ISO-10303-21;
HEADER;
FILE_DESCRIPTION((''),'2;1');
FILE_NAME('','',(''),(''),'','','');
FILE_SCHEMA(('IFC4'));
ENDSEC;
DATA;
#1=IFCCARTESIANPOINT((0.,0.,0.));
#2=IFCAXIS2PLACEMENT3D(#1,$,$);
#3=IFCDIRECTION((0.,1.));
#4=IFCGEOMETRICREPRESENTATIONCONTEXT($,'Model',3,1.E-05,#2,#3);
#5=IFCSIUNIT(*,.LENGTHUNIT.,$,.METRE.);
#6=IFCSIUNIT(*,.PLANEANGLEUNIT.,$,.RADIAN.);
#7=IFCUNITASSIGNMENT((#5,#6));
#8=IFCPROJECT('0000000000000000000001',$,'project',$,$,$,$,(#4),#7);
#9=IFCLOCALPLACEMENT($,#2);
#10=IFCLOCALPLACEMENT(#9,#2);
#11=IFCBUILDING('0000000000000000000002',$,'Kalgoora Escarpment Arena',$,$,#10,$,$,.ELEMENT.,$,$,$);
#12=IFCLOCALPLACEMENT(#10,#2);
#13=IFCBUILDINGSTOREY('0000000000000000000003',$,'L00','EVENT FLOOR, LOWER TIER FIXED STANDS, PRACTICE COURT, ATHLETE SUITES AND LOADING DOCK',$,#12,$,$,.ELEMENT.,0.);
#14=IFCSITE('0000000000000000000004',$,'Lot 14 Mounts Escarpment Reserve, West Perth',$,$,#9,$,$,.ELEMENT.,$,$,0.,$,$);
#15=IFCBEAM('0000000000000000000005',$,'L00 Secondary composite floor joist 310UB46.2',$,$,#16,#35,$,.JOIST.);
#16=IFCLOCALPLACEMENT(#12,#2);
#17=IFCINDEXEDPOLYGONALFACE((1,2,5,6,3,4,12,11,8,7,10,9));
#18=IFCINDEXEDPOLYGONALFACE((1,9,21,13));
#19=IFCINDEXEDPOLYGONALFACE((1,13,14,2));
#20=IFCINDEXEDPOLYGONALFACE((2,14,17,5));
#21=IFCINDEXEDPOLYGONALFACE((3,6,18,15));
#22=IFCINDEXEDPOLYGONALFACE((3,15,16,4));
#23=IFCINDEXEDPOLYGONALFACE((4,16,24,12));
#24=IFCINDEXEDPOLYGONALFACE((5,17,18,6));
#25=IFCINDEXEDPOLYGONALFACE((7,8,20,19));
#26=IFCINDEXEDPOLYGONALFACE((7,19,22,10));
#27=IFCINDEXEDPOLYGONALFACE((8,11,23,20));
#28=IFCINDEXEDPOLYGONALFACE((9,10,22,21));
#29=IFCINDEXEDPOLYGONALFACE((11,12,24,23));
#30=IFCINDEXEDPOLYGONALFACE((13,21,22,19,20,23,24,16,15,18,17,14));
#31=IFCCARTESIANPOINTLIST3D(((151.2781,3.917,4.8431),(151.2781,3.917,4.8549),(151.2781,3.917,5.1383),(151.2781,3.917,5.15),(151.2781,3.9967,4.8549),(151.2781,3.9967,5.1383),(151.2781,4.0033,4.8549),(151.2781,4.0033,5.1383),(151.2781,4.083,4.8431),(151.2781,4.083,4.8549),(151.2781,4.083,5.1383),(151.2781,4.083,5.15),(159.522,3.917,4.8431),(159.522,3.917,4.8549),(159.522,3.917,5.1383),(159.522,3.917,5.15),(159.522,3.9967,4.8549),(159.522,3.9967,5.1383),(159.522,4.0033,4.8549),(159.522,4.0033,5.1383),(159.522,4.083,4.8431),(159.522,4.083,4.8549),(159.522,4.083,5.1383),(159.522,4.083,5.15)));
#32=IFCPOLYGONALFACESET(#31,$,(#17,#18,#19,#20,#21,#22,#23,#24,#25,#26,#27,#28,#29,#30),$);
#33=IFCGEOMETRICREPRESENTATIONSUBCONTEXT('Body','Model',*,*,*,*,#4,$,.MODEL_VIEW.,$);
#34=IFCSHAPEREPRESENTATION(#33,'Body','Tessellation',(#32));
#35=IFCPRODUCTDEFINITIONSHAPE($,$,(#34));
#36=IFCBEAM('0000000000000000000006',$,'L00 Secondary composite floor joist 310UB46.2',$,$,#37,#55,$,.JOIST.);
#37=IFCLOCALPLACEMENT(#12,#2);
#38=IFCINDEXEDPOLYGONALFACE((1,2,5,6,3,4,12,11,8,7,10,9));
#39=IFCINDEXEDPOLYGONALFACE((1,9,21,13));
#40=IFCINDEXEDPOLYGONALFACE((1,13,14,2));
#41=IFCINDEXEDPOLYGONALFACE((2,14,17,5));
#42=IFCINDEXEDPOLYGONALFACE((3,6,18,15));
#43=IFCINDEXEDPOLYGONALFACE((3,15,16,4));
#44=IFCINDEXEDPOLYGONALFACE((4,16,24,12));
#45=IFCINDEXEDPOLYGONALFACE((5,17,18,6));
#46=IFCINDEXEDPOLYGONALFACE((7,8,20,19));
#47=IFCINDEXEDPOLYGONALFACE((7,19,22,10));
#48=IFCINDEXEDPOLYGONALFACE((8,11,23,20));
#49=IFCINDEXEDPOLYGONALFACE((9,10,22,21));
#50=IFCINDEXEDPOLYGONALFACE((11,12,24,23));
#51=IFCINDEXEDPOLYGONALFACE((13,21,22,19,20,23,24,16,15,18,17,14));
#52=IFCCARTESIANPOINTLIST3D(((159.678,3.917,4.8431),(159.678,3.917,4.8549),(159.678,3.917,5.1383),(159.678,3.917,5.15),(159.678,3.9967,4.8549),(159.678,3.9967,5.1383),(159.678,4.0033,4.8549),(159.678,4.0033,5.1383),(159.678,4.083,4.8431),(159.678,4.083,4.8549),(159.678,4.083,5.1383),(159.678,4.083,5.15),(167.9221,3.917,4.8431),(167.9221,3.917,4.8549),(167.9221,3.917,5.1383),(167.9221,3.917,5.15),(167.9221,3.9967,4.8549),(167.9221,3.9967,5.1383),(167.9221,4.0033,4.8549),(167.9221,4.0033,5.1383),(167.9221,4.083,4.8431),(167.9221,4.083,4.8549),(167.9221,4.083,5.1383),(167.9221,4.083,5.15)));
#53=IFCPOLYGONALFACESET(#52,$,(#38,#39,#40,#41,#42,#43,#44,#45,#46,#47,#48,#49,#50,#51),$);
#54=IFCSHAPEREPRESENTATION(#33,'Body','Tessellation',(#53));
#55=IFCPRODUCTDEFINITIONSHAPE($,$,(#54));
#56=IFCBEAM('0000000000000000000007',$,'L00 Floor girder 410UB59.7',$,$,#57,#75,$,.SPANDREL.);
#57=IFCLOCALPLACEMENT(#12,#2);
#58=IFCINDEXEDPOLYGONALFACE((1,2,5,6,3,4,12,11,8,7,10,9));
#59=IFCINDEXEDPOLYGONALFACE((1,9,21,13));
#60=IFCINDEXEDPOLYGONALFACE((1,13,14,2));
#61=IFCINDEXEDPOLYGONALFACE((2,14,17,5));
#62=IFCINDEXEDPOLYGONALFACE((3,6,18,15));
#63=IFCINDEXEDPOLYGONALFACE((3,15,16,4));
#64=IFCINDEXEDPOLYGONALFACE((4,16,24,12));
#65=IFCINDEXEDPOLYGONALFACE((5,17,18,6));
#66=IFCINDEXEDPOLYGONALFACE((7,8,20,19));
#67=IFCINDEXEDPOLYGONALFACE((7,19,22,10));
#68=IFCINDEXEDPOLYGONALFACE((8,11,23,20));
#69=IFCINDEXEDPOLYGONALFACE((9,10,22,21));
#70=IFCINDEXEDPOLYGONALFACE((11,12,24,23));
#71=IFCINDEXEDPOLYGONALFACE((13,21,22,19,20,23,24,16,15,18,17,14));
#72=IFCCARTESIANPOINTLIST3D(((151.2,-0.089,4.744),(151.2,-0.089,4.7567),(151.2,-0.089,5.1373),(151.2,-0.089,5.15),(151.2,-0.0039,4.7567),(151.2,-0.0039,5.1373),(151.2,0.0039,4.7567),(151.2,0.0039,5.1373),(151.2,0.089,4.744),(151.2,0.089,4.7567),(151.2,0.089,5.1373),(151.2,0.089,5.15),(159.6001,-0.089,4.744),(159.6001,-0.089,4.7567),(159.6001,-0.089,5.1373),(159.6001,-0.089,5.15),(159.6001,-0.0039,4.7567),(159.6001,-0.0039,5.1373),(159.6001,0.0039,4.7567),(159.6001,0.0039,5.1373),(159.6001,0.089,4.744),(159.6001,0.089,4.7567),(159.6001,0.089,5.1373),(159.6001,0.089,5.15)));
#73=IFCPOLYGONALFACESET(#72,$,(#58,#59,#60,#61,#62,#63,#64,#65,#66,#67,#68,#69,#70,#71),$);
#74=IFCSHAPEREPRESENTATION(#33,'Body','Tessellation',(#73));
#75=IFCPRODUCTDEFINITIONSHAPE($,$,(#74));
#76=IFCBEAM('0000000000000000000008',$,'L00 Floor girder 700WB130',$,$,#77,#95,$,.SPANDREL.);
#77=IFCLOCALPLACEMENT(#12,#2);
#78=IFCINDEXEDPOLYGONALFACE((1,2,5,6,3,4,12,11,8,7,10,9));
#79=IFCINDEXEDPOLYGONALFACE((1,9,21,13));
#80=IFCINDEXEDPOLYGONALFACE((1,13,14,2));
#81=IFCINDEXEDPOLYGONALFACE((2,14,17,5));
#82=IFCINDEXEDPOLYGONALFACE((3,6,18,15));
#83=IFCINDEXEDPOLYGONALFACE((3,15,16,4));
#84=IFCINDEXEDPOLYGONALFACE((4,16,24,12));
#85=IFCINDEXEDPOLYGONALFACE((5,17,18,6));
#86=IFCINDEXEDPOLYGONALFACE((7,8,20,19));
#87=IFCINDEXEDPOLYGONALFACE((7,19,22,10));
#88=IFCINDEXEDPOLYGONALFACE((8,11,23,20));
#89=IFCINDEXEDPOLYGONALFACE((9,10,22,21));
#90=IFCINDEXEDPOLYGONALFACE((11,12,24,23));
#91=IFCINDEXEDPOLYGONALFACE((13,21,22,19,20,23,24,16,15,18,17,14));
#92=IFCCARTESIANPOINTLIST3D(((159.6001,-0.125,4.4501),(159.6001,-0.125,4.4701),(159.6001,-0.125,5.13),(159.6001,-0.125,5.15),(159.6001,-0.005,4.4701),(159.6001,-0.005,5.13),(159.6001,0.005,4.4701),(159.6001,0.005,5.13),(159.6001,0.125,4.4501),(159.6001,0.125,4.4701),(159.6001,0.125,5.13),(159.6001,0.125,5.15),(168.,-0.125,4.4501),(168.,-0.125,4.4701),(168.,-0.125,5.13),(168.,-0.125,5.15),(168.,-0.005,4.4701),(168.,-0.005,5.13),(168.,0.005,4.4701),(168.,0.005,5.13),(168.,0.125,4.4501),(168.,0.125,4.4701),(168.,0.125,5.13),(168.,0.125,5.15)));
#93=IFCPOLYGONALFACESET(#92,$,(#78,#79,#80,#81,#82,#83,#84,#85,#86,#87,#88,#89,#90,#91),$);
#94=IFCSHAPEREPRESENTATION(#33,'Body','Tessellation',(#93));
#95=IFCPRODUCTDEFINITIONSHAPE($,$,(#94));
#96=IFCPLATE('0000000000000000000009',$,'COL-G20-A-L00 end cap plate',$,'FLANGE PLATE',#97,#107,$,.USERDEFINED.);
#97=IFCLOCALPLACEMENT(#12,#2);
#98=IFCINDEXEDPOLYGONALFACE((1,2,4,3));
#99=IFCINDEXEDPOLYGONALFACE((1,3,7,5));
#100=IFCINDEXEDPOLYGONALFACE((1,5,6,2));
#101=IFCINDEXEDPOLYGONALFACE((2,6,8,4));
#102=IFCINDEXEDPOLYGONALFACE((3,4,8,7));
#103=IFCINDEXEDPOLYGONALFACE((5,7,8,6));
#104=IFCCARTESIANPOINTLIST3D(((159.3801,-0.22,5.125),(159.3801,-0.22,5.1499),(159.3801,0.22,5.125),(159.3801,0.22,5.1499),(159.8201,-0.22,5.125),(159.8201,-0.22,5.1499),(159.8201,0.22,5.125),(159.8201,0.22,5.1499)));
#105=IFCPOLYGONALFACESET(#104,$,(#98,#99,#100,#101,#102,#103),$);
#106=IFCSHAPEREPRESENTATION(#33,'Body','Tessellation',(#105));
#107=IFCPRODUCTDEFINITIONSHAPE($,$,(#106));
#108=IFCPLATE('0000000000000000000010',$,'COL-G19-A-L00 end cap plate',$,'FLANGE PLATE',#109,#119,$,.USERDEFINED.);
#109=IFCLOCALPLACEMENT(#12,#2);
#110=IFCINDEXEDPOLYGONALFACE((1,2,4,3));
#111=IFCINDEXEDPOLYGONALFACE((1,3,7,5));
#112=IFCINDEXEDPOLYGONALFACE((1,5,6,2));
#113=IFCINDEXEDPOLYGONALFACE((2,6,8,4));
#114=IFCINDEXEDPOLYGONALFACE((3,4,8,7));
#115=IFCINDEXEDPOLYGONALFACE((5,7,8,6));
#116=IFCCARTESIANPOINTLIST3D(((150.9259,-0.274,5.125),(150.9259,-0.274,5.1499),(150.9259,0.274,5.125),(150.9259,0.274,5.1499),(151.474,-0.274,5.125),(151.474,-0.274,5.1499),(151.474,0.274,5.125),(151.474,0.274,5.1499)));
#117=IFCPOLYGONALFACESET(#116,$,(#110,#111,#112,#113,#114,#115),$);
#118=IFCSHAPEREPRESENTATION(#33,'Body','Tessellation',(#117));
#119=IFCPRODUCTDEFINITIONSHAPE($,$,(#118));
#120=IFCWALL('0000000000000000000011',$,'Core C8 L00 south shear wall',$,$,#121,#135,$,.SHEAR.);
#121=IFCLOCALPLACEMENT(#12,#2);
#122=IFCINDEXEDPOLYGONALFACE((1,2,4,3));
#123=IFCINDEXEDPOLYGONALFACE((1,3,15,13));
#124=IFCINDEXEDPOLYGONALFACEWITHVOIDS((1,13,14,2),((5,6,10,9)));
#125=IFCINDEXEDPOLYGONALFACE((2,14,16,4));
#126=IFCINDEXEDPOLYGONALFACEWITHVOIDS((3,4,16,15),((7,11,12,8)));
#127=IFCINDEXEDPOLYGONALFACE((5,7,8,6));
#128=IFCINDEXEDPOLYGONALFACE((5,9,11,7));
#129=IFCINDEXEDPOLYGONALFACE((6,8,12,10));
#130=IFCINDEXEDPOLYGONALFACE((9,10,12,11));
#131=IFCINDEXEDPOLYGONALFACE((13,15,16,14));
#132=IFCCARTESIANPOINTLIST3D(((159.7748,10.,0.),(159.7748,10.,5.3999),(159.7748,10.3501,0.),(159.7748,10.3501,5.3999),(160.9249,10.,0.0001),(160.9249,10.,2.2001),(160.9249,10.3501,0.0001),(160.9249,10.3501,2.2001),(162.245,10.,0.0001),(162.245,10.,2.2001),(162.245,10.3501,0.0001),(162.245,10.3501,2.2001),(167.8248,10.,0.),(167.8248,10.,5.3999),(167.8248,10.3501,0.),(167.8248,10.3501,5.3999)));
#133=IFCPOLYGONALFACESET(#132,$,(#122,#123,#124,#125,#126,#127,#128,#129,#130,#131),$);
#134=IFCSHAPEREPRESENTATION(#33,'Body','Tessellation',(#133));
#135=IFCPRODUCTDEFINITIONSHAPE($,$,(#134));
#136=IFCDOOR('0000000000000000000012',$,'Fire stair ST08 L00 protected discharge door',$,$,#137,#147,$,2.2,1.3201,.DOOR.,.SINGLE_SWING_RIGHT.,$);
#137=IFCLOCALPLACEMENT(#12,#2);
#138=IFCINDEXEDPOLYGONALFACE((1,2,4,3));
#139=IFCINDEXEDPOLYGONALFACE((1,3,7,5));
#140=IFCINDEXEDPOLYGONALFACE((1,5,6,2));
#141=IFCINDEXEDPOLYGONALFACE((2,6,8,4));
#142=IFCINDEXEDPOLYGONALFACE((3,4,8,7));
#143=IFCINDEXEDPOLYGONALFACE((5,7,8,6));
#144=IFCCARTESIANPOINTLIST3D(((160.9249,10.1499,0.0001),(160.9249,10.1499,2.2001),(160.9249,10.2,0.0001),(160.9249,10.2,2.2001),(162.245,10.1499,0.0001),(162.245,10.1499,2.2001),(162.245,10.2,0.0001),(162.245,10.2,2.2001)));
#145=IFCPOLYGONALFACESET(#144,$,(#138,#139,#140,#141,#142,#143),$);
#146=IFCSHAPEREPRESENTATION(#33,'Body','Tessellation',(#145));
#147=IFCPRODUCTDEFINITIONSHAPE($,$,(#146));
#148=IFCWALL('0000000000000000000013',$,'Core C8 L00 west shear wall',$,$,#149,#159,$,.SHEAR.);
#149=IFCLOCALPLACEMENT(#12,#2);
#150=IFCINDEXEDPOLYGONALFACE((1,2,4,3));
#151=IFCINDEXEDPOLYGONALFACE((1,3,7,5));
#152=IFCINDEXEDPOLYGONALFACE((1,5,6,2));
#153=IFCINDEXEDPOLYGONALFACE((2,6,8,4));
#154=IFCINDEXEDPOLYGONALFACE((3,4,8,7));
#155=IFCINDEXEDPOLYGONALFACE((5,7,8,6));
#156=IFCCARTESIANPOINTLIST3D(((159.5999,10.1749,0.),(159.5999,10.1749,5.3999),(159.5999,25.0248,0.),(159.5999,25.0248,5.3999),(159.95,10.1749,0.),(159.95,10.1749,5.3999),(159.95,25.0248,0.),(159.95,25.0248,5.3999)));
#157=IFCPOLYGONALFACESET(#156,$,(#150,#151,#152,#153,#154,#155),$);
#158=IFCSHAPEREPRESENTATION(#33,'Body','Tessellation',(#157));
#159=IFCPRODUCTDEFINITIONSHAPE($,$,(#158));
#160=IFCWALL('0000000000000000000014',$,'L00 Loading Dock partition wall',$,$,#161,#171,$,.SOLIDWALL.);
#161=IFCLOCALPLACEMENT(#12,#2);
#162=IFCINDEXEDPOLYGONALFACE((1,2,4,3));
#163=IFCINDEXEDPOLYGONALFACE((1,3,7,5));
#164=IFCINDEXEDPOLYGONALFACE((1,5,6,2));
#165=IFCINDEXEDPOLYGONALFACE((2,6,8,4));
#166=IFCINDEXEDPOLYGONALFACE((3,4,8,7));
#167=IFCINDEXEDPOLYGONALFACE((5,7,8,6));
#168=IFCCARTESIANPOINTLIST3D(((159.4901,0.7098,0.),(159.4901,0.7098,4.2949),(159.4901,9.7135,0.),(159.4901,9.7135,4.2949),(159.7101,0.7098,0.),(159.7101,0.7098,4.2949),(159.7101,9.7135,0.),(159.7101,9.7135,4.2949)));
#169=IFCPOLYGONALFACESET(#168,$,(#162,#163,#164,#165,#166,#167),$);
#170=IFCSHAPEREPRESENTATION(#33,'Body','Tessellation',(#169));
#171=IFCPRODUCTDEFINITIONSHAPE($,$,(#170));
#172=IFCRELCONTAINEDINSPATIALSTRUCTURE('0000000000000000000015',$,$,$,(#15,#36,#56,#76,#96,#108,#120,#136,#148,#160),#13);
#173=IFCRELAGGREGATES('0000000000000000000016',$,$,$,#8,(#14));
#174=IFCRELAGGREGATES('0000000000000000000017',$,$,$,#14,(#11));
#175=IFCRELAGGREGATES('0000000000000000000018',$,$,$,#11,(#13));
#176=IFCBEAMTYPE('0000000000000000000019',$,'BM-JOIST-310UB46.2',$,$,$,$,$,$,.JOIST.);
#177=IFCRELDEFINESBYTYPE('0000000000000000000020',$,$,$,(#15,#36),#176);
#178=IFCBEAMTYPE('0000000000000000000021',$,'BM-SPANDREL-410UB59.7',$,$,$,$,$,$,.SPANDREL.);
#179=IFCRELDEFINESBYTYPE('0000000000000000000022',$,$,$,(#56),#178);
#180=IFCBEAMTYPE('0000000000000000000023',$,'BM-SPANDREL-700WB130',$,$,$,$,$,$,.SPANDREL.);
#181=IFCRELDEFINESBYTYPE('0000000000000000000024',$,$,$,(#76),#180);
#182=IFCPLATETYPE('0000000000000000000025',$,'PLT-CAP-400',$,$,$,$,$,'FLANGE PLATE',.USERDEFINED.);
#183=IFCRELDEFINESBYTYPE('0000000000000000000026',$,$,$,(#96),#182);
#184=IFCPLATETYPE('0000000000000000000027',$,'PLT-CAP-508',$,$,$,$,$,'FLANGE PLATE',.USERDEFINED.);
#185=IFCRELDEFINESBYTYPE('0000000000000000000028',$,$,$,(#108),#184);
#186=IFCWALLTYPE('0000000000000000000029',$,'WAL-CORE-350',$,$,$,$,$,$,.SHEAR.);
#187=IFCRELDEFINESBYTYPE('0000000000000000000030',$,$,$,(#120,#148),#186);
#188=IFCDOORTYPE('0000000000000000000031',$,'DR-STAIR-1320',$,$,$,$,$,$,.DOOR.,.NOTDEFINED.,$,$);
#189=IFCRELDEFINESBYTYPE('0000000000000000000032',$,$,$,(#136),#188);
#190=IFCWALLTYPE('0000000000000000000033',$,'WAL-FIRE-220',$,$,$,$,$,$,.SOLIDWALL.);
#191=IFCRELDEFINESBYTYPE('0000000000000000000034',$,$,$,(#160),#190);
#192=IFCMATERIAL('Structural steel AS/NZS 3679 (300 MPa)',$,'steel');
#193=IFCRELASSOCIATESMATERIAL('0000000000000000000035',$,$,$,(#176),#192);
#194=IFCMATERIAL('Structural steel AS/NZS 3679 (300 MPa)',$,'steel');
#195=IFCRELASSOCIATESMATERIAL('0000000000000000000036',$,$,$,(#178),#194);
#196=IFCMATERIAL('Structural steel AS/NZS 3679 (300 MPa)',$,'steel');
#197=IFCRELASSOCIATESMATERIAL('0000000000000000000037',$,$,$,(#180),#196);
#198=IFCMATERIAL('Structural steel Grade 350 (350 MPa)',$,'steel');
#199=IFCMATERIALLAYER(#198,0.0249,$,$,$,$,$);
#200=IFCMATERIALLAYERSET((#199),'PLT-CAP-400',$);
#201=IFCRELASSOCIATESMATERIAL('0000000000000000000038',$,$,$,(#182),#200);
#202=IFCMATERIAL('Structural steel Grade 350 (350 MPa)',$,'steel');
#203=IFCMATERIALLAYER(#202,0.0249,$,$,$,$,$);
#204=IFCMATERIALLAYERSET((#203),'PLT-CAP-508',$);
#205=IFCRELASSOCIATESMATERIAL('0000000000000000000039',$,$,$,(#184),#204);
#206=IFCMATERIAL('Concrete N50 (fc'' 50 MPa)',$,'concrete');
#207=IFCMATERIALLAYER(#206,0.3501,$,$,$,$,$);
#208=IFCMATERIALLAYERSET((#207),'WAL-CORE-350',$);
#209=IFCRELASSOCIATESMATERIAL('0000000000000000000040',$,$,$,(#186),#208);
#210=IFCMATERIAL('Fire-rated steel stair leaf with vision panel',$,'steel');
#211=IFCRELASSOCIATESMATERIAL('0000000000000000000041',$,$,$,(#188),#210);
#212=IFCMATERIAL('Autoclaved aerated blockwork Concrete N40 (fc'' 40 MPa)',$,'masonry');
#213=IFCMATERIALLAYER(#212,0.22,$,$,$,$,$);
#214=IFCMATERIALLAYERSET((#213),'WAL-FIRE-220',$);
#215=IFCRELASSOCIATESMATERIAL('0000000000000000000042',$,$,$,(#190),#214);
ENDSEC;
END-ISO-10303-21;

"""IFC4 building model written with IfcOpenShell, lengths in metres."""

from ifc_helpers import new_model, si_unit, direction, frame, frame_2d, origin, origin_2d, place, context, subcontext, project, spatial, rectangle, i_section, extrude, material, layer, layer_set, material_profile, profile_set, type_object, element, fill, save


model = new_model("IFC4")

# Units and contexts
model_context = context("Model", 3, precision=1e-05, world=origin(), true_north=direction((0.0, 1.0)))
body_context = subcontext(model_context, "Body", "Model", "MODEL_VIEW")
ifc_project = project(units=[si_unit("LENGTHUNIT", "METRE"), si_unit("PLANEANGLEUNIT", "RADIAN")], contexts=[model_context])

# Site, building, storey
site_placement = place(None, origin())
site = spatial("IfcSite", under=ifc_project, at=site_placement, Name="Lot 14 Mounts Escarpment Reserve, West Perth", CompositionType="ELEMENT", RefElevation=0.0)
building_placement = place(site_placement, origin())
building = spatial("IfcBuilding", under=site, at=building_placement, Name="Kalgoora Escarpment Arena", CompositionType="ELEMENT")
storey_placement = place(building_placement, origin())
storey = spatial("IfcBuildingStorey", under=building, at=storey_placement, Name="L00", Description="EVENT FLOOR, LOWER TIER FIXED STANDS, PRACTICE COURT, ATHLETE SUITES AND LOADING DOCK", CompositionType="ELEMENT", Elevation=0.0)

# Beams
ifc_material_1 = material(Name="Structural steel AS/NZS 3679 (300 MPa)", Category="steel")
ifc_material_profile_1 = material_profile(ifc_material_1, i_section(OverallWidth=0.166, OverallDepth=0.3069, WebThickness=0.0066, FlangeThickness=0.0117, at=origin_2d()))
ifc_profile_set_1 = profile_set([ifc_material_profile_1], Name="Structural steel AS/NZS 3679 (300 MPa)")
beam_type_1 = type_object("IfcBeamType", Name="BM-JOIST-310UB46.2", PredefinedType="JOIST", material=ifc_profile_set_1)
beam_1_placement = place(storey_placement, frame((151.2781, 4.0, 4.9966), z_axis=(1.0, 0.0, 0.0), x_axis=(0.0, 1.0, 0.0)))
element("IfcBeam", 1, at=beam_1_placement, inside=storey, type_object=beam_type_1, Name="L00 Secondary composite floor joist 310UB46.2", PredefinedType="JOIST", context=body_context, shape_type="SweptSolid", body=[
    extrude(i_section(OverallWidth=0.166, OverallDepth=0.3069, WebThickness=0.0066, FlangeThickness=0.0117, at=origin_2d()), origin(), (0.0, 0.0, 1.0), 8.2439),
])
beam_2_placement = place(storey_placement, frame((159.678, 4.0, 4.9966), z_axis=(1.0, 0.0, 0.0), x_axis=(0.0, 1.0, 0.0)))
element("IfcBeam", 2, at=beam_2_placement, inside=storey, type_object=beam_type_1, Name="L00 Secondary composite floor joist 310UB46.2", PredefinedType="JOIST", context=body_context, shape_type="SweptSolid", body=[
    extrude(i_section(OverallWidth=0.166, OverallDepth=0.3069, WebThickness=0.0066, FlangeThickness=0.0117, at=origin_2d()), origin(), (0.0, 0.0, 1.0), 8.2441),
])
ifc_material_2 = material(Name="Structural steel AS/NZS 3679 (300 MPa)", Category="steel")
ifc_material_profile_2 = material_profile(ifc_material_2, i_section(OverallWidth=0.178, OverallDepth=0.406, WebThickness=0.0078, FlangeThickness=0.0127, at=origin_2d()))
ifc_profile_set_2 = profile_set([ifc_material_profile_2], Name="Structural steel AS/NZS 3679 (300 MPa)")
beam_type_2 = type_object("IfcBeamType", Name="BM-SPANDREL-410UB59.7", PredefinedType="SPANDREL", material=ifc_profile_set_2)
beam_3_placement = place(storey_placement, frame((151.2, 0.0, 4.947), z_axis=(1.0, 0.0, 0.0), x_axis=(0.0, 1.0, 0.0)))
element("IfcBeam", 3, at=beam_3_placement, inside=storey, type_object=beam_type_2, Name="L00 Floor girder 410UB59.7", PredefinedType="SPANDREL", context=body_context, shape_type="SweptSolid", body=[
    extrude(i_section(OverallWidth=0.178, OverallDepth=0.406, WebThickness=0.0078, FlangeThickness=0.0127, at=origin_2d()), origin(), (0.0, 0.0, 1.0), 8.4001),
])
ifc_material_3 = material(Name="Structural steel AS/NZS 3679 (300 MPa)", Category="steel")
ifc_material_profile_3 = material_profile(ifc_material_3, i_section(OverallWidth=0.25, OverallDepth=0.7, WebThickness=0.01, FlangeThickness=0.02, at=origin_2d()))
ifc_profile_set_3 = profile_set([ifc_material_profile_3], Name="Structural steel AS/NZS 3679 (300 MPa)")
beam_type_3 = type_object("IfcBeamType", Name="BM-SPANDREL-700WB130", PredefinedType="SPANDREL", material=ifc_profile_set_3)
beam_4_placement = place(storey_placement, frame((159.6001, 0.0, 4.8), z_axis=(1.0, 0.0, 0.0), x_axis=(0.0, 1.0, 0.0)))
element("IfcBeam", 4, at=beam_4_placement, inside=storey, type_object=beam_type_3, Name="L00 Floor girder 700WB130", PredefinedType="SPANDREL", context=body_context, shape_type="SweptSolid", body=[
    extrude(i_section(OverallWidth=0.25, OverallDepth=0.7, WebThickness=0.01, FlangeThickness=0.02, at=origin_2d()), origin(), (0.0, 0.0, 1.0), 8.3999),
])

# Plates
ifc_material_4 = material(Name="Structural steel Grade 350 (350 MPa)", Category="steel")
ifc_layer_1 = layer(ifc_material_4, 0.0249)
ifc_layer_set_1 = layer_set([ifc_layer_1], Name="PLT-CAP-400")
plate_type_1 = type_object("IfcPlateType", Name="PLT-CAP-400", ElementType="FLANGE PLATE", PredefinedType="USERDEFINED", material=ifc_layer_set_1)
plate_1_placement = place(storey_placement, frame((159.6001, 0.0, 5.125), z_axis=(0.0, 0.0, 1.0), x_axis=(1.0, 0.0, 0.0)))
element("IfcPlate", 5, at=plate_1_placement, inside=storey, type_object=plate_type_1, Name="COL-G20-A-L00 end cap plate", ObjectType="FLANGE PLATE", PredefinedType="USERDEFINED", context=body_context, shape_type="SweptSolid", body=[
    extrude(rectangle(XDim=0.4399, YDim=0.4399, at=origin_2d()), origin(), (0.0, 0.0, 1.0), 0.0249),
])
ifc_material_5 = material(Name="Structural steel Grade 350 (350 MPa)", Category="steel")
ifc_layer_2 = layer(ifc_material_5, 0.0249)
ifc_layer_set_2 = layer_set([ifc_layer_2], Name="PLT-CAP-508")
plate_type_2 = type_object("IfcPlateType", Name="PLT-CAP-508", ElementType="FLANGE PLATE", PredefinedType="USERDEFINED", material=ifc_layer_set_2)
plate_2_placement = place(storey_placement, frame((151.2, 0.0, 5.125), z_axis=(0.0, 0.0, 1.0), x_axis=(1.0, 0.0, 0.0)))
element("IfcPlate", 6, at=plate_2_placement, inside=storey, type_object=plate_type_2, Name="COL-G19-A-L00 end cap plate", ObjectType="FLANGE PLATE", PredefinedType="USERDEFINED", context=body_context, shape_type="SweptSolid", body=[
    extrude(rectangle(XDim=0.5481, YDim=0.5481, at=origin_2d()), origin(), (0.0, 0.0, 1.0), 0.0249),
])

# Wall, opening, door
ifc_material_6 = material(Name="Concrete N50 (fc' 50 MPa)", Category="concrete")
ifc_layer_3 = layer(ifc_material_6, 0.3501)
ifc_layer_set_3 = layer_set([ifc_layer_3], Name="WAL-CORE-350")
wall_type_1 = type_object("IfcWallType", Name="WAL-CORE-350", PredefinedType="SHEAR", material=ifc_layer_set_3)
wall_1_placement = place(storey_placement, frame((159.7749, 10.175, 0.0), z_axis=(0.0, 0.0, 1.0), x_axis=(1.0, 0.0, 0.0)))
wall_1 = element("IfcWall", 7, at=wall_1_placement, inside=storey, type_object=wall_type_1, Name="Core C8 L00 south shear wall", PredefinedType="SHEAR", context=body_context, shape_type="SweptSolid", body=[
    extrude(rectangle(XDim=8.05, YDim=0.3501, at=frame_2d((4.0249, 0.0))), origin(), (0.0, 0.0, 1.0), 5.3999),
])
opening_placement = place(wall_1_placement, frame((1.1499, 0.0, 0.0)))
opening = element("IfcOpeningElement", 8, at=opening_placement, cuts=wall_1, PredefinedType="OPENING", context=body_context, shape_type="SweptSolid", body=[
    extrude(rectangle(XDim=1.3201, YDim=2.2, at=frame_2d((0.6602, 1.1001))), frame((0.0, 0.1851, 0.0), z_axis=(0.0, -1.0, 0.0), x_axis=(1.0, 0.0, 0.0)), (0.0, 0.0, 1.0), 0.3701),
])
ifc_material_7 = material(Name="Fire-rated steel stair leaf with vision panel", Category="steel")
door_type = type_object("IfcDoorType", Name="DR-STAIR-1320", OperationType="NOTDEFINED", PredefinedType="DOOR", material=ifc_material_7)
door_placement = place(opening_placement, origin())
door = element("IfcDoor", 9, at=door_placement, inside=storey, type_object=door_type, Name="Fire stair ST08 L00 protected discharge door", OperationType="SINGLE_SWING_RIGHT", OverallHeight=2.2, OverallWidth=1.3201, PredefinedType="DOOR", context=body_context, shape_type="SweptSolid", body=[
    extrude(rectangle(XDim=1.3201, YDim=2.2, at=frame_2d((0.6602, 1.1001))), frame((0.0, 0.0249, 0.0), z_axis=(0.0, -1.0, 0.0), x_axis=(1.0, 0.0, 0.0)), (0.0, 0.0, 1.0), 0.05),
])
fill(opening, door)

# Walls
wall_2_placement = place(storey_placement, frame((159.7749, 10.175, 0.0), z_axis=(0.0, 0.0, 1.0), x_axis=(0.0, 1.0, 0.0)))
element("IfcWall", 10, at=wall_2_placement, inside=storey, type_object=wall_type_1, Name="Core C8 L00 west shear wall", PredefinedType="SHEAR", context=body_context, shape_type="SweptSolid", body=[
    extrude(rectangle(XDim=14.8499, YDim=0.3501, at=frame_2d((7.4248, 0.0))), origin(), (0.0, 0.0, 1.0), 5.3999),
])
ifc_material_8 = material(Name="Autoclaved aerated blockwork Concrete N40 (fc' 40 MPa)", Category="masonry")
ifc_layer_4 = layer(ifc_material_8, 0.22)
ifc_layer_set_4 = layer_set([ifc_layer_4], Name="WAL-FIRE-220")
wall_type_2 = type_object("IfcWallType", Name="WAL-FIRE-220", PredefinedType="SOLIDWALL", material=ifc_layer_set_4)
wall_3_placement = place(storey_placement, frame((159.6001, 9.7136, 0.0), z_axis=(0.0, 0.0, 1.0), x_axis=(0.0, -1.0, 0.0)))
element("IfcWall", 11, at=wall_3_placement, inside=storey, type_object=wall_type_2, Name="L00 Loading Dock partition wall", PredefinedType="SOLIDWALL", context=body_context, shape_type="SweptSolid", body=[
    extrude(rectangle(XDim=9.0037, YDim=0.22, at=frame_2d((4.502, 0.0))), origin(), (0.0, 0.0, 1.0), 4.2949),
])

save(model, "model.ifc")
